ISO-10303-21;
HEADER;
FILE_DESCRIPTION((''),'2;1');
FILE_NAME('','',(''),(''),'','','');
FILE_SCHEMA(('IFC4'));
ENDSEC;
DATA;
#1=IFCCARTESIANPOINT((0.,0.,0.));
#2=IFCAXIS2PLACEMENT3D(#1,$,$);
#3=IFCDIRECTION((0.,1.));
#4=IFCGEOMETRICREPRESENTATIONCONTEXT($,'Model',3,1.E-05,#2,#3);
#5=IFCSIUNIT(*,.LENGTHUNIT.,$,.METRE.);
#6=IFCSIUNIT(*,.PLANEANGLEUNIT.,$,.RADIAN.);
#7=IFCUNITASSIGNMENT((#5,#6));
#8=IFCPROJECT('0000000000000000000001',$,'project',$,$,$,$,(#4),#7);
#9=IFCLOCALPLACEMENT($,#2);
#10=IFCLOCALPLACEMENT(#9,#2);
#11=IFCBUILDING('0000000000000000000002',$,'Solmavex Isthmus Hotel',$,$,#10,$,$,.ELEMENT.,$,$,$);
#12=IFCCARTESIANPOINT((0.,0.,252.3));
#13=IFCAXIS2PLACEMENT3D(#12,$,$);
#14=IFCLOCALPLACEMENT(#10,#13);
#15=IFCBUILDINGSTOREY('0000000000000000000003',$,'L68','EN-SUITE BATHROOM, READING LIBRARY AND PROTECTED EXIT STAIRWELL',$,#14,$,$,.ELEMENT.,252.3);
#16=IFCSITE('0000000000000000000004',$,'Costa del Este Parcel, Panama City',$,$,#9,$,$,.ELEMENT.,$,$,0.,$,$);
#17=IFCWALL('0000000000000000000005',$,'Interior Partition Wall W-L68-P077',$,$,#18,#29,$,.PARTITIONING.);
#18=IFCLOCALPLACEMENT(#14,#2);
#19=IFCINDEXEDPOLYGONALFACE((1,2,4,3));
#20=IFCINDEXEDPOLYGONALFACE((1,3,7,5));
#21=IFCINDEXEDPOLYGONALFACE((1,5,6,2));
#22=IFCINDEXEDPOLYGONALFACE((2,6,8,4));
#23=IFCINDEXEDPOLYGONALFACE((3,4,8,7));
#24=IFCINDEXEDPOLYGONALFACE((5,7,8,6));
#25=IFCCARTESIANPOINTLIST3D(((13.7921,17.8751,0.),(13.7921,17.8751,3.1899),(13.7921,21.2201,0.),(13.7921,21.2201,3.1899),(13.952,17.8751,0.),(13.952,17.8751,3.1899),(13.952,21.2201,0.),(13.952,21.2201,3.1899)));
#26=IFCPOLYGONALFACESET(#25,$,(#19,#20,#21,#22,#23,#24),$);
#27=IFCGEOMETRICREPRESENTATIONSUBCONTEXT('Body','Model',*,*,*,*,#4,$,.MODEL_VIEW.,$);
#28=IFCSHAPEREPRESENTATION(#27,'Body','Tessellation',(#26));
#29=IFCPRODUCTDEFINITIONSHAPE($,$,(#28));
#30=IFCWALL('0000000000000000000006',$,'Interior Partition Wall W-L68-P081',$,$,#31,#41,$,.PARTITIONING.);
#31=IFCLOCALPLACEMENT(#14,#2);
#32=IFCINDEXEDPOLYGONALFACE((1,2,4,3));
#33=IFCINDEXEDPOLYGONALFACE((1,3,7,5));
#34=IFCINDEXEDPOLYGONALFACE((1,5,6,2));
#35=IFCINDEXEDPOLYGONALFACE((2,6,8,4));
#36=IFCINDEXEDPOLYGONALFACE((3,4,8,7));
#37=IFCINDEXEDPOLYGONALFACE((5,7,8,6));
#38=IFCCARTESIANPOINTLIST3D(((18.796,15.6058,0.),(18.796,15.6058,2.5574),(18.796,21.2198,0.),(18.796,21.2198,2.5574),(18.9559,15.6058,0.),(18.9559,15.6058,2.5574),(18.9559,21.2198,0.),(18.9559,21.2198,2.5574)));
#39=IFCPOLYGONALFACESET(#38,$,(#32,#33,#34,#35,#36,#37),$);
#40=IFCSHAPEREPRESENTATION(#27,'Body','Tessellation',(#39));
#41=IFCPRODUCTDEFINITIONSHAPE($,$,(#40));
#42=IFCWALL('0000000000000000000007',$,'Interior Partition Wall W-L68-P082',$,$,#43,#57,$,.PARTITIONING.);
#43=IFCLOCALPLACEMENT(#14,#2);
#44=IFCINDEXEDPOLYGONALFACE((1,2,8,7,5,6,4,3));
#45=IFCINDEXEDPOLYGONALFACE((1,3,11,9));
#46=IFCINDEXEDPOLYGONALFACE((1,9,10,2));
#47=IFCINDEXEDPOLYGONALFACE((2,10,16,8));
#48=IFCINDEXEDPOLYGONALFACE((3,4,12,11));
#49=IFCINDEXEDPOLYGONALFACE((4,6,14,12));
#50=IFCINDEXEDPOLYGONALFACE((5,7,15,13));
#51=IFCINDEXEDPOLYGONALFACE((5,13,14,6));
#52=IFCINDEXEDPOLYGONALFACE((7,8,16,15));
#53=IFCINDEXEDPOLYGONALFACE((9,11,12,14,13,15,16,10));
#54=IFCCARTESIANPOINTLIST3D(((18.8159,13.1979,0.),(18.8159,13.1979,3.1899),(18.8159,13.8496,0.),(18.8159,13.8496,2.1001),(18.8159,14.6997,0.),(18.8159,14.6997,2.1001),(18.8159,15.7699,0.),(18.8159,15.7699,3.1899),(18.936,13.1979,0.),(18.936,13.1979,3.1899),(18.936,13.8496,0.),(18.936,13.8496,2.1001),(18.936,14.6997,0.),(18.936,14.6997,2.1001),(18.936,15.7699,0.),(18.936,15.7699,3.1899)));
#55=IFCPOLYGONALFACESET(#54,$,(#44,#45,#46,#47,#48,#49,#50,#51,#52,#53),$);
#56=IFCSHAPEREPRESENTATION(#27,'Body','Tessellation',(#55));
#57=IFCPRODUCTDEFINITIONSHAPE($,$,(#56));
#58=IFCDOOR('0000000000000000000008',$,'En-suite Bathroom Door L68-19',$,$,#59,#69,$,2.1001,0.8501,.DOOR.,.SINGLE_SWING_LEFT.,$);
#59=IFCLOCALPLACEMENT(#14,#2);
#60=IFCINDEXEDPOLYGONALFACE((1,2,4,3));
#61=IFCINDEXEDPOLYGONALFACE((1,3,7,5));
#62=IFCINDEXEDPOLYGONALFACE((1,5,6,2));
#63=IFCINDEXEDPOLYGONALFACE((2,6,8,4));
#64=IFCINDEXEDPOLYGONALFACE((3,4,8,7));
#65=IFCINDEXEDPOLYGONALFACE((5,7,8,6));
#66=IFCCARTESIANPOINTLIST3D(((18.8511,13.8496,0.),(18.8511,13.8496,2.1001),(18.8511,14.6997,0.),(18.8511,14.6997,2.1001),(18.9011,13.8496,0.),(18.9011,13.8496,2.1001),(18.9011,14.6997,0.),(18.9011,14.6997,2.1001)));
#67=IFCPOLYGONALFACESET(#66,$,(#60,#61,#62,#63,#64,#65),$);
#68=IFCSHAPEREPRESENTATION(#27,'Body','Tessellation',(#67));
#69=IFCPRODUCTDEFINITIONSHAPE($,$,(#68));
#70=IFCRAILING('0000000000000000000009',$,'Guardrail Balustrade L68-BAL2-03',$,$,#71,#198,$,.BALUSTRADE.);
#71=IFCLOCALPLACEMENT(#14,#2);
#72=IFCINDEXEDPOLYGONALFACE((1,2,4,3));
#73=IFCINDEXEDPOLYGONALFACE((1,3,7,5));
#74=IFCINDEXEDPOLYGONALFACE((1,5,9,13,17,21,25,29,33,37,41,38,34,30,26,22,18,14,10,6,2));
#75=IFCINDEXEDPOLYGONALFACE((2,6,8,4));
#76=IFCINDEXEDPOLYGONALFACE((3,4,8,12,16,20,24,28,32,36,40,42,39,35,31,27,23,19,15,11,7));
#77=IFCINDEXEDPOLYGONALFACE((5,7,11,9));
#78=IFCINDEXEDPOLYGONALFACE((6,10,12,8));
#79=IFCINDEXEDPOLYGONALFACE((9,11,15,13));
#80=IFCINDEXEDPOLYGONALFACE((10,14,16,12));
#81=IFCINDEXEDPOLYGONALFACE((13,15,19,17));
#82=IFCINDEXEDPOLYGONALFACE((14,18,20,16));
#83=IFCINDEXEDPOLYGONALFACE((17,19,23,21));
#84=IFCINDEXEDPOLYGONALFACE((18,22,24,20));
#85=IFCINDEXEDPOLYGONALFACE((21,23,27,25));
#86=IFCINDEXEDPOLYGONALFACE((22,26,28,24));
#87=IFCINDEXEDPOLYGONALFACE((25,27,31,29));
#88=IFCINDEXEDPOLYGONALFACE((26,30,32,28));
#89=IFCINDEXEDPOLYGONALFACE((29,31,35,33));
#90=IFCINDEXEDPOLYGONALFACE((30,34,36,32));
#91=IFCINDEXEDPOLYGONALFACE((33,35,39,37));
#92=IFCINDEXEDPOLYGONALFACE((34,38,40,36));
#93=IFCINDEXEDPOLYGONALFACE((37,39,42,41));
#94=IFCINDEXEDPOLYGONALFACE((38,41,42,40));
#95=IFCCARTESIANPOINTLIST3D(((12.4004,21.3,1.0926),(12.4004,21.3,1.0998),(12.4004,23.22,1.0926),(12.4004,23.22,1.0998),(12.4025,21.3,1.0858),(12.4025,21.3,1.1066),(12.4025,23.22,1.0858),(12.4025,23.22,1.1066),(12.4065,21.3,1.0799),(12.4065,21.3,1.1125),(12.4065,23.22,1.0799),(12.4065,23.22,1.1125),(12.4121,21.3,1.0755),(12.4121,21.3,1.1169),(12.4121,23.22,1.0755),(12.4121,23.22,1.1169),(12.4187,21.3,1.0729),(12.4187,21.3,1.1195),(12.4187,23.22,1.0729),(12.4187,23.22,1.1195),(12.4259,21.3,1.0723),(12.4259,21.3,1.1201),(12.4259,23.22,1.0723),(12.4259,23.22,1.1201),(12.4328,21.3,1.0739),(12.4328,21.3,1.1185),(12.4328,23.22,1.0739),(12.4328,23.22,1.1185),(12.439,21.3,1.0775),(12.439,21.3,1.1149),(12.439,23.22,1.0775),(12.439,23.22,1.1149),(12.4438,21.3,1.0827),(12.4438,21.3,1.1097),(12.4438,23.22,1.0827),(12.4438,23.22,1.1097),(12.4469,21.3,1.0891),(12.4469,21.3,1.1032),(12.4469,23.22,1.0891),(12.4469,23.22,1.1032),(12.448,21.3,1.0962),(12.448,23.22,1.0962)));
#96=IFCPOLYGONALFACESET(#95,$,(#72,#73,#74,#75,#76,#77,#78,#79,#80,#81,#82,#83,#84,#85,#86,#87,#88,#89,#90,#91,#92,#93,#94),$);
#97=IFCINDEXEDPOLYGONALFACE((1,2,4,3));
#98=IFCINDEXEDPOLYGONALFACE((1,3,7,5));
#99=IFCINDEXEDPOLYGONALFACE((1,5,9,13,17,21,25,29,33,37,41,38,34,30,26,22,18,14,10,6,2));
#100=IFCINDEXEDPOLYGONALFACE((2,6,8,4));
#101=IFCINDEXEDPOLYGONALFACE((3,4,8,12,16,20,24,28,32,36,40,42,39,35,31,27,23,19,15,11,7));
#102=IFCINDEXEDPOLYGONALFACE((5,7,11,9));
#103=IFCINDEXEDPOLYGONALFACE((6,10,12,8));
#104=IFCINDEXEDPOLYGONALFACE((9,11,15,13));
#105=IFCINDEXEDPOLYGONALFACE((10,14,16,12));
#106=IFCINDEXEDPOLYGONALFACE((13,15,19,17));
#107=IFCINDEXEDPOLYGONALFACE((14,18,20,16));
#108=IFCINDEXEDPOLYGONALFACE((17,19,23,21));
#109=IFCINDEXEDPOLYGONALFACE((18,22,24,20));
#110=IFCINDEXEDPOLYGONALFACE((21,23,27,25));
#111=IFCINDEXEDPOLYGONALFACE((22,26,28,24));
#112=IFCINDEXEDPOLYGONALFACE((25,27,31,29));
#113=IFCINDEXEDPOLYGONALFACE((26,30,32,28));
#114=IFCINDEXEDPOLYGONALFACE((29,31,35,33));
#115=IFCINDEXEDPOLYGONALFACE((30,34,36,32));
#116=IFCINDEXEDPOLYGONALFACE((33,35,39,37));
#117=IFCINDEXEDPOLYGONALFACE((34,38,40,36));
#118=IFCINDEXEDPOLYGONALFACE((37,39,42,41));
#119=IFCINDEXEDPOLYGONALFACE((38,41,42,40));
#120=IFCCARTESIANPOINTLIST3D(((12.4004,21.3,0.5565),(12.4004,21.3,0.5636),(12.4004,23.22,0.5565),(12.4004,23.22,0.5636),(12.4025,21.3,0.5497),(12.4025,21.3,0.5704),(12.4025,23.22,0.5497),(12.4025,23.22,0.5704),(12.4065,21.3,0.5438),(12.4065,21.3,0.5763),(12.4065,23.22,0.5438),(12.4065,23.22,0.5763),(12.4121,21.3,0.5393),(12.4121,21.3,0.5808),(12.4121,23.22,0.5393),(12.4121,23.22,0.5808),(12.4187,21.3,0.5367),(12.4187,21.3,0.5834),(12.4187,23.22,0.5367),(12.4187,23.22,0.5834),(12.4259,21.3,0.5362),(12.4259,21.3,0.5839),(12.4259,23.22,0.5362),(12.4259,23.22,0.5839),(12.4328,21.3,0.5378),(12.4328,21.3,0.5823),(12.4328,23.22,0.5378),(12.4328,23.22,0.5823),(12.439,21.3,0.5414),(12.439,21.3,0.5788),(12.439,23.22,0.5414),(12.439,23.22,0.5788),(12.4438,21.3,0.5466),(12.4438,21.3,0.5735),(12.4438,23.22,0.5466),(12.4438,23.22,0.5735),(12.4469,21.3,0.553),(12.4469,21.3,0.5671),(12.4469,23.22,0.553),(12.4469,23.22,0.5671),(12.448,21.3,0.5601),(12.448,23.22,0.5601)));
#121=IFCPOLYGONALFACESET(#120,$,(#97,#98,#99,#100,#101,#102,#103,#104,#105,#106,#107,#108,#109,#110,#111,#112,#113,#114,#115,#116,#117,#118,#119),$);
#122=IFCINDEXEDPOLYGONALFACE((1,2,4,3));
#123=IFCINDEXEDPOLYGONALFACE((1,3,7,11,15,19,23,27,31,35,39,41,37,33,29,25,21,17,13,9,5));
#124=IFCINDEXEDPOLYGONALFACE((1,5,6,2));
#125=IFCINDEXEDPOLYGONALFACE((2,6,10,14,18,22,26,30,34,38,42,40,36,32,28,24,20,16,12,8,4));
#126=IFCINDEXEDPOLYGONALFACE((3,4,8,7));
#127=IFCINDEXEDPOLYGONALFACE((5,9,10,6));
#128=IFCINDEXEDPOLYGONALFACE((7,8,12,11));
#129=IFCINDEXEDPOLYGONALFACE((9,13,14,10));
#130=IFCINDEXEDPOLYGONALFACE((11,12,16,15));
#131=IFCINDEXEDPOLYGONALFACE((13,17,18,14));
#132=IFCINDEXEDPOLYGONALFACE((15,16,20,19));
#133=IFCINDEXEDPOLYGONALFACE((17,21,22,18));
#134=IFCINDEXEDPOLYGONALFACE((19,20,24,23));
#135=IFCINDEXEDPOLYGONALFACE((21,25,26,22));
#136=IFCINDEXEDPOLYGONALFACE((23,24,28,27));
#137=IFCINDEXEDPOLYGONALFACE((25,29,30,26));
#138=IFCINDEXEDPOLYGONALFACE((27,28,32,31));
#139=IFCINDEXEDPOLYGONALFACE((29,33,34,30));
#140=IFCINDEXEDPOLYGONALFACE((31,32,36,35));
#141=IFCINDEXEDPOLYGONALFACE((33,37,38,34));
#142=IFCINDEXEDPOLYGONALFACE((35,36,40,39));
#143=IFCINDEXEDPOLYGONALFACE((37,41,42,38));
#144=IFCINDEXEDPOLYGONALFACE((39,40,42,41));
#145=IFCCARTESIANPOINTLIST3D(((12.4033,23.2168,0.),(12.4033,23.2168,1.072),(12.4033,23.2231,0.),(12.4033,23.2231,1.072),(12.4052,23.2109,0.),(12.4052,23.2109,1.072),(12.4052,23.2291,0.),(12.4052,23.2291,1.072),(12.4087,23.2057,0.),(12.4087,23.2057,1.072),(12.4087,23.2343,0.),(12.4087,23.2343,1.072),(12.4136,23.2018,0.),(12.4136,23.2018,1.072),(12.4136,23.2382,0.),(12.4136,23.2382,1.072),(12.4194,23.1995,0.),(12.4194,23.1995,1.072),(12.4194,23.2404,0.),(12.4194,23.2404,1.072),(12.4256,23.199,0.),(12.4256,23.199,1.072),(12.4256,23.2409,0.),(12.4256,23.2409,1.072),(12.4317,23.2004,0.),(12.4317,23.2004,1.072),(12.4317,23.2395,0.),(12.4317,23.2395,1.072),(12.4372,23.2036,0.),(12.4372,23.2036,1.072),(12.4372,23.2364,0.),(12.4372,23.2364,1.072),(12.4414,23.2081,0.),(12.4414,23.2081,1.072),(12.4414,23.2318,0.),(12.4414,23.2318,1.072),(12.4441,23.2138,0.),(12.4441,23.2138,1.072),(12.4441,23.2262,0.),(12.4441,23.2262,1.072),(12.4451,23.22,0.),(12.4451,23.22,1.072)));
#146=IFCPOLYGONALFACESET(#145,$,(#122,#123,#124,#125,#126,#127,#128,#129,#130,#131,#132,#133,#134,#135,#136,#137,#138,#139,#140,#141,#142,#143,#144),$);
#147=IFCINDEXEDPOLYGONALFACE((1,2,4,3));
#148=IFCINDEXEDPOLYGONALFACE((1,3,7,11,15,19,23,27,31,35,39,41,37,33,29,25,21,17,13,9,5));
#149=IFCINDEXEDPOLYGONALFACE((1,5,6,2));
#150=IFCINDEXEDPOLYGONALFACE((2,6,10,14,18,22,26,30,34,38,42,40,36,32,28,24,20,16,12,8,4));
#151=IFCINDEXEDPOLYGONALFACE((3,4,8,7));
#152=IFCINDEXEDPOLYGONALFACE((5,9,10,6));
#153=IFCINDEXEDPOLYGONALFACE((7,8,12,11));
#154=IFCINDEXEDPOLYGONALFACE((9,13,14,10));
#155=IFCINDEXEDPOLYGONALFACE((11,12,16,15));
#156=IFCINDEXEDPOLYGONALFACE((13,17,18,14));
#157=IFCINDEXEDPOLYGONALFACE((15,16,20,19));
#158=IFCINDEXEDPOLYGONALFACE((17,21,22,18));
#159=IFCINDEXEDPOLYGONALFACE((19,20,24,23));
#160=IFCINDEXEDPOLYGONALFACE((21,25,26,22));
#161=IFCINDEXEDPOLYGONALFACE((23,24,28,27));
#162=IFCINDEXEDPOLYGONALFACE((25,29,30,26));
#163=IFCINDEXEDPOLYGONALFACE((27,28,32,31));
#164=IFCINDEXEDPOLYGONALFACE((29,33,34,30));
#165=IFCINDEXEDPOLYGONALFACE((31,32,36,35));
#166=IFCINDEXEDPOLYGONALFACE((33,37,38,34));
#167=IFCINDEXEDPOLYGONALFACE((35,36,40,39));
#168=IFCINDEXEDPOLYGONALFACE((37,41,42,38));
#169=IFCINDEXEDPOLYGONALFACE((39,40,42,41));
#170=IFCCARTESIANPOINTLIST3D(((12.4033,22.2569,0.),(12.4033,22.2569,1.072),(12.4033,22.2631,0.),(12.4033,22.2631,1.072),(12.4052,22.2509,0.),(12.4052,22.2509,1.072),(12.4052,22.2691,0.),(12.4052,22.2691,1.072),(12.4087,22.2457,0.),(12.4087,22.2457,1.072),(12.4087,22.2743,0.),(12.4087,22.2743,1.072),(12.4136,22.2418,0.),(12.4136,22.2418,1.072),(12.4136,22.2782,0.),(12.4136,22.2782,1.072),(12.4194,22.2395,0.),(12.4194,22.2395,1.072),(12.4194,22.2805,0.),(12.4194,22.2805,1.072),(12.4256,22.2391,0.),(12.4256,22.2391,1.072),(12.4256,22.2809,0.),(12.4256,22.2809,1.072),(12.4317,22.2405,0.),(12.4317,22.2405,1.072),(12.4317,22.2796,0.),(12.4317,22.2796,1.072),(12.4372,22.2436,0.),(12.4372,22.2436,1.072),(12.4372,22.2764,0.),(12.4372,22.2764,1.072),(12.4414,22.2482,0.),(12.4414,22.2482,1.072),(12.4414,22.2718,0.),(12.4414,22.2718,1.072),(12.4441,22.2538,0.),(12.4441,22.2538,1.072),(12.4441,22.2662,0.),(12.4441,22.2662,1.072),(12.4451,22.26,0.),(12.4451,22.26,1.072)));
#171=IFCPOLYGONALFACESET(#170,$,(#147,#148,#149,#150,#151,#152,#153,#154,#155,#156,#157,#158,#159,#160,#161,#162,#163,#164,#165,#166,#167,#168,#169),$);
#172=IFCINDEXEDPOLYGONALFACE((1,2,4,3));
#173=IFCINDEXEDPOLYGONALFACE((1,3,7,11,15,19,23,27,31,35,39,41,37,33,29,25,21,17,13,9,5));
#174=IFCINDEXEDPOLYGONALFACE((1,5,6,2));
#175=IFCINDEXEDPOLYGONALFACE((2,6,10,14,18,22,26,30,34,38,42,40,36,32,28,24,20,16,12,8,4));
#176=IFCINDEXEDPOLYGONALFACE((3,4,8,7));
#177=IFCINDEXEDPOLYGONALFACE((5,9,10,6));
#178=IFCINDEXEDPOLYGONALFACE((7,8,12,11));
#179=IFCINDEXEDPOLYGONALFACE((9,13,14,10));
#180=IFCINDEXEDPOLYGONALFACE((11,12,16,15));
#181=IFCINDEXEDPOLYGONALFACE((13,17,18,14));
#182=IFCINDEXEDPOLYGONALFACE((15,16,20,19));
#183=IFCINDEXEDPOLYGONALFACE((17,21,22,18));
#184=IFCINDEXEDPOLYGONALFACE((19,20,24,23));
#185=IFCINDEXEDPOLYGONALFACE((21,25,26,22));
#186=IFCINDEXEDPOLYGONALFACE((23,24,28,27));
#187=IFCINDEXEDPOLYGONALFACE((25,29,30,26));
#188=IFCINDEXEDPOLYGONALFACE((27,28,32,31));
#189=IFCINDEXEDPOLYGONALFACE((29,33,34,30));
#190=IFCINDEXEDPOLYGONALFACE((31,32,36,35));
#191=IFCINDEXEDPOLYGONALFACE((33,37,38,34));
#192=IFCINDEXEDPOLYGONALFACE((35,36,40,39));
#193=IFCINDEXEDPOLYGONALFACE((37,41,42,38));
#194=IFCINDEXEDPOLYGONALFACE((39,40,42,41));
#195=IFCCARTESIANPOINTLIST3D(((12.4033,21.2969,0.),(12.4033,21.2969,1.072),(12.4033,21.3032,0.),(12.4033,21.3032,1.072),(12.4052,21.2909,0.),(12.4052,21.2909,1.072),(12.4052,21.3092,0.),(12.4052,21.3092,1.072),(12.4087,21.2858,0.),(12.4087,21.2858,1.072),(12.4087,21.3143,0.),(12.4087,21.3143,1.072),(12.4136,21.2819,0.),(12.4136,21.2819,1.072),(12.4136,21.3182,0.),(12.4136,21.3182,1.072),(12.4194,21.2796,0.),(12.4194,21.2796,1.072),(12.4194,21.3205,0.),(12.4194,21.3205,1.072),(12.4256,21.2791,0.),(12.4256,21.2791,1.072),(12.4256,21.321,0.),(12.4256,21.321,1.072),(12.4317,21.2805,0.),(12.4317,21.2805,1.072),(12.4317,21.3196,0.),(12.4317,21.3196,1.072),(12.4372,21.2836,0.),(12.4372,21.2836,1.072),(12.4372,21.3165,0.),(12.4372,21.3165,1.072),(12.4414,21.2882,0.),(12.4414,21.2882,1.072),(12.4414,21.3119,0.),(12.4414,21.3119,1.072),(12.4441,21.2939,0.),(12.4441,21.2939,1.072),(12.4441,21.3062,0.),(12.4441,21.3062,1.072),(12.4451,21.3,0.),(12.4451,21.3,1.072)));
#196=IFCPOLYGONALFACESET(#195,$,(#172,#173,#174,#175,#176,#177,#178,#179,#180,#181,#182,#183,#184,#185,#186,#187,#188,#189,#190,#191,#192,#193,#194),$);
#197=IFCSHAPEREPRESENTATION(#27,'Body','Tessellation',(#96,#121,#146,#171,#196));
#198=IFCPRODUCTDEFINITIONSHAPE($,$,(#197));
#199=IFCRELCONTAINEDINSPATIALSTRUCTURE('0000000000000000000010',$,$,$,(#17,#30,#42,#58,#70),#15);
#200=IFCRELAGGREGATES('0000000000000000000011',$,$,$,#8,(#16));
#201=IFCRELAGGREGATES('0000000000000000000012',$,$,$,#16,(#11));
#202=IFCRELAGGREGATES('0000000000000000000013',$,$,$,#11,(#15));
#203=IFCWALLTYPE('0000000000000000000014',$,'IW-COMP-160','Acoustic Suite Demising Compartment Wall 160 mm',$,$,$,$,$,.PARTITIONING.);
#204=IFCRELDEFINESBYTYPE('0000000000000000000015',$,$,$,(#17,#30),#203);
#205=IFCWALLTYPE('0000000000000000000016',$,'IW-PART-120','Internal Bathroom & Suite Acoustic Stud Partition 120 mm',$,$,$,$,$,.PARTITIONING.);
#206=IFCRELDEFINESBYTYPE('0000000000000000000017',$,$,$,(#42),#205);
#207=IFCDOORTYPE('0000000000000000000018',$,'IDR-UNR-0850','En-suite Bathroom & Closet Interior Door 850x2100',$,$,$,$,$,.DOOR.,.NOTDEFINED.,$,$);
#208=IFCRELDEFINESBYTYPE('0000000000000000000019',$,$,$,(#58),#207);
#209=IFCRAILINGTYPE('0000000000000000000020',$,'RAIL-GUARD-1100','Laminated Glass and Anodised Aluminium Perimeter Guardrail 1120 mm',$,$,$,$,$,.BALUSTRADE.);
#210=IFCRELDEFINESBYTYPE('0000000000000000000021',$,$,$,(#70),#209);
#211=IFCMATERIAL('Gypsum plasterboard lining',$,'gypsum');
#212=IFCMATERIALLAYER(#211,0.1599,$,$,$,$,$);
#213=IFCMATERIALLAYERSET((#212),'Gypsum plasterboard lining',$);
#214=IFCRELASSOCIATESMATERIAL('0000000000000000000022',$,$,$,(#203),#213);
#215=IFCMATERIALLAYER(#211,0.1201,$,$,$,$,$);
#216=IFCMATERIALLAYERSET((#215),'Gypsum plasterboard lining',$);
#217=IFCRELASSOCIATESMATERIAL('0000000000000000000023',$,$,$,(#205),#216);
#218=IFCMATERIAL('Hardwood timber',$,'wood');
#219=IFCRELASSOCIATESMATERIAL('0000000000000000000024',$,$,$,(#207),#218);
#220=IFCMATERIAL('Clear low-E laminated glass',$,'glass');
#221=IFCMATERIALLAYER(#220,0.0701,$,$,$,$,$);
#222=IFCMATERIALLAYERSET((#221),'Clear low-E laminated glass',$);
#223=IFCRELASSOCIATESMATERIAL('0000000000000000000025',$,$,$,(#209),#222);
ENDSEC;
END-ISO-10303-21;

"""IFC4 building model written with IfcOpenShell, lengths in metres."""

from ifc_helpers import new_model, si_unit, direction, frame, frame_2d, origin, origin_2d, place, context, subcontext, project, spatial, rectangle, circle, extrude, material, layer, layer_set, type_object, element, fill, save


model = new_model("IFC4")

# Units and contexts
model_context = context("Model", 3, precision=1e-05, world=origin(), true_north=direction((0.0, 1.0)))
body_context = subcontext(model_context, "Body", "Model", "MODEL_VIEW")
ifc_project = project(units=[si_unit("LENGTHUNIT", "METRE"), si_unit("PLANEANGLEUNIT", "RADIAN")], contexts=[model_context])

# Site, building, storey
site_placement = place(None, origin())
site = spatial("IfcSite", under=ifc_project, at=site_placement, Name="Costa del Este Parcel, Panama City", CompositionType="ELEMENT", RefElevation=0.0)
building_placement = place(site_placement, origin())
building = spatial("IfcBuilding", under=site, at=building_placement, Name="Solmavex Isthmus Hotel", CompositionType="ELEMENT")
storey_placement = place(building_placement, frame((0.0, 0.0, 252.3)))
storey = spatial("IfcBuildingStorey", under=building, at=storey_placement, Name="L68", Description="EN-SUITE BATHROOM, READING LIBRARY AND PROTECTED EXIT STAIRWELL", CompositionType="ELEMENT", Elevation=252.3)

# Shared definitions
ifc_material_1 = material(Name="Clear low-E laminated glass", Category="glass")

# Walls
ifc_material_2 = material(Name="Gypsum plasterboard lining", Category="gypsum")
ifc_layer_1 = layer(ifc_material_2, 0.1599)
ifc_layer_set_1 = layer_set([ifc_layer_1], Name="Gypsum plasterboard lining")
wall_type_1 = type_object("IfcWallType", Name="IW-COMP-160", Description="Acoustic Suite Demising Compartment Wall 160 mm", PredefinedType="PARTITIONING", material=ifc_layer_set_1)
wall_1_placement = place(storey_placement, frame((13.8721, 21.22, 0.0), z_axis=(0.0, 0.0, 1.0), x_axis=(0.0, -1.0, 0.0)))
element("IfcWall", 1, at=wall_1_placement, inside=storey, type_object=wall_type_1, Name="Interior Partition Wall W-L68-P077", PredefinedType="PARTITIONING", context=body_context, shape_type="SweptSolid", body=[
    extrude(rectangle(XDim=3.345, YDim=0.1599, at=frame_2d((1.6724, 0.0))), origin(), (0.0, 0.0, 1.0), 3.1899),
])
wall_2_placement = place(storey_placement, frame((18.876, 21.22, 0.0), z_axis=(0.0, 0.0, 1.0), x_axis=(0.0, -1.0, 0.0)))
element("IfcWall", 2, at=wall_2_placement, inside=storey, type_object=wall_type_1, Name="Interior Partition Wall W-L68-P081", PredefinedType="PARTITIONING", context=body_context, shape_type="SweptSolid", body=[
    extrude(rectangle(XDim=5.614, YDim=0.1599, at=frame_2d((2.8071, 0.0))), origin(), (0.0, 0.0, 1.0), 2.5574),
])

# Wall, opening, door
ifc_layer_2 = layer(ifc_material_2, 0.1201)
ifc_layer_set_2 = layer_set([ifc_layer_2], Name="Gypsum plasterboard lining")
wall_type_2 = type_object("IfcWallType", Name="IW-PART-120", Description="Internal Bathroom & Suite Acoustic Stud Partition 120 mm", PredefinedType="PARTITIONING", material=ifc_layer_set_2)
wall_3_placement = place(storey_placement, frame((18.876, 15.77, 0.0), z_axis=(0.0, 0.0, 1.0), x_axis=(0.0, -1.0, 0.0)))
wall_3 = element("IfcWall", 3, at=wall_3_placement, inside=storey, type_object=wall_type_2, Name="Interior Partition Wall W-L68-P082", PredefinedType="PARTITIONING", context=body_context, shape_type="SweptSolid", body=[
    extrude(rectangle(XDim=2.572, YDim=0.1201, at=frame_2d((1.2861, 0.0))), origin(), (0.0, 0.0, 1.0), 3.1899),
])
opening_placement = place(wall_3_placement, frame((1.0703, 0.0, 0.0)))
opening = element("IfcOpeningElement", 4, at=opening_placement, cuts=wall_3, PredefinedType="OPENING", context=body_context, shape_type="SweptSolid", body=[
    extrude(rectangle(XDim=0.8501, YDim=2.1001, at=frame_2d((0.425, 1.05))), frame((0.0, 0.0701, 0.0), z_axis=(0.0, -1.0, 0.0), x_axis=(1.0, 0.0, 0.0)), (0.0, 0.0, 1.0), 0.1401),
])
ifc_material_3 = material(Name="Hardwood timber", Category="wood")
door_type = type_object("IfcDoorType", Name="IDR-UNR-0850", Description="En-suite Bathroom & Closet Interior Door 850x2100", OperationType="NOTDEFINED", PredefinedType="DOOR", material=ifc_material_3)
door_placement = place(opening_placement, frame((0.8501, 0.0, 0.0), z_axis=(0.0, 0.0, 1.0), x_axis=(-1.0, 0.0, 0.0)))
door = element("IfcDoor", 5, at=door_placement, inside=storey, type_object=door_type, Name="En-suite Bathroom Door L68-19", OperationType="SINGLE_SWING_LEFT", OverallHeight=2.1001, OverallWidth=0.8501, PredefinedType="DOOR", context=body_context, shape_type="SweptSolid", body=[
    extrude(rectangle(XDim=0.8501, YDim=2.1001, at=frame_2d((0.425, 1.05))), frame((0.0, 0.0249, 0.0), z_axis=(0.0, -1.0, 0.0), x_axis=(1.0, 0.0, 0.0)), (0.0, 0.0, 1.0), 0.05),
])
fill(opening, door)

# Railing
ifc_layer_3 = layer(ifc_material_1, 0.0701)
ifc_layer_set_3 = layer_set([ifc_layer_3], Name="Clear low-E laminated glass")
railing_type = type_object("IfcRailingType", Name="RAIL-GUARD-1100", Description="Laminated Glass and Anodised Aluminium Perimeter Guardrail 1120 mm", PredefinedType="BALUSTRADE", material=ifc_layer_set_3)
railing_placement = place(storey_placement, frame((12.4241, 23.22, 0.0)))
element("IfcRailing", 6, at=railing_placement, inside=storey, type_object=railing_type, Name="Guardrail Balustrade L68-BAL2-03", PredefinedType="BALUSTRADE", context=body_context, shape_type="SweptSolid", body=[
    extrude(circle(Radius=0.0239, at=origin_2d()), frame((0.0, 0.0, 1.0962), z_axis=(0.0, -1.0, 0.0), x_axis=(1.0, 0.0, 0.0)), (0.0, 0.0, 1.0), 1.9199),
    extrude(circle(Radius=0.0239, at=origin_2d()), frame((0.0, 0.0, 0.5601), z_axis=(0.0, -1.0, 0.0), x_axis=(1.0, 0.0, 0.0)), (0.0, 0.0, 1.0), 1.9199),
    extrude(circle(Radius=0.021, at=origin_2d()), origin(), (0.0, 0.0, 1.0), 1.072),
    extrude(circle(Radius=0.021, at=origin_2d()), frame((0.0, -0.96, 0.0)), (0.0, 0.0, 1.0), 1.072),
    extrude(circle(Radius=0.021, at=origin_2d()), frame((0.0, -1.9199, 0.0)), (0.0, 0.0, 1.0), 1.072),
])

save(model, "model.ifc")
